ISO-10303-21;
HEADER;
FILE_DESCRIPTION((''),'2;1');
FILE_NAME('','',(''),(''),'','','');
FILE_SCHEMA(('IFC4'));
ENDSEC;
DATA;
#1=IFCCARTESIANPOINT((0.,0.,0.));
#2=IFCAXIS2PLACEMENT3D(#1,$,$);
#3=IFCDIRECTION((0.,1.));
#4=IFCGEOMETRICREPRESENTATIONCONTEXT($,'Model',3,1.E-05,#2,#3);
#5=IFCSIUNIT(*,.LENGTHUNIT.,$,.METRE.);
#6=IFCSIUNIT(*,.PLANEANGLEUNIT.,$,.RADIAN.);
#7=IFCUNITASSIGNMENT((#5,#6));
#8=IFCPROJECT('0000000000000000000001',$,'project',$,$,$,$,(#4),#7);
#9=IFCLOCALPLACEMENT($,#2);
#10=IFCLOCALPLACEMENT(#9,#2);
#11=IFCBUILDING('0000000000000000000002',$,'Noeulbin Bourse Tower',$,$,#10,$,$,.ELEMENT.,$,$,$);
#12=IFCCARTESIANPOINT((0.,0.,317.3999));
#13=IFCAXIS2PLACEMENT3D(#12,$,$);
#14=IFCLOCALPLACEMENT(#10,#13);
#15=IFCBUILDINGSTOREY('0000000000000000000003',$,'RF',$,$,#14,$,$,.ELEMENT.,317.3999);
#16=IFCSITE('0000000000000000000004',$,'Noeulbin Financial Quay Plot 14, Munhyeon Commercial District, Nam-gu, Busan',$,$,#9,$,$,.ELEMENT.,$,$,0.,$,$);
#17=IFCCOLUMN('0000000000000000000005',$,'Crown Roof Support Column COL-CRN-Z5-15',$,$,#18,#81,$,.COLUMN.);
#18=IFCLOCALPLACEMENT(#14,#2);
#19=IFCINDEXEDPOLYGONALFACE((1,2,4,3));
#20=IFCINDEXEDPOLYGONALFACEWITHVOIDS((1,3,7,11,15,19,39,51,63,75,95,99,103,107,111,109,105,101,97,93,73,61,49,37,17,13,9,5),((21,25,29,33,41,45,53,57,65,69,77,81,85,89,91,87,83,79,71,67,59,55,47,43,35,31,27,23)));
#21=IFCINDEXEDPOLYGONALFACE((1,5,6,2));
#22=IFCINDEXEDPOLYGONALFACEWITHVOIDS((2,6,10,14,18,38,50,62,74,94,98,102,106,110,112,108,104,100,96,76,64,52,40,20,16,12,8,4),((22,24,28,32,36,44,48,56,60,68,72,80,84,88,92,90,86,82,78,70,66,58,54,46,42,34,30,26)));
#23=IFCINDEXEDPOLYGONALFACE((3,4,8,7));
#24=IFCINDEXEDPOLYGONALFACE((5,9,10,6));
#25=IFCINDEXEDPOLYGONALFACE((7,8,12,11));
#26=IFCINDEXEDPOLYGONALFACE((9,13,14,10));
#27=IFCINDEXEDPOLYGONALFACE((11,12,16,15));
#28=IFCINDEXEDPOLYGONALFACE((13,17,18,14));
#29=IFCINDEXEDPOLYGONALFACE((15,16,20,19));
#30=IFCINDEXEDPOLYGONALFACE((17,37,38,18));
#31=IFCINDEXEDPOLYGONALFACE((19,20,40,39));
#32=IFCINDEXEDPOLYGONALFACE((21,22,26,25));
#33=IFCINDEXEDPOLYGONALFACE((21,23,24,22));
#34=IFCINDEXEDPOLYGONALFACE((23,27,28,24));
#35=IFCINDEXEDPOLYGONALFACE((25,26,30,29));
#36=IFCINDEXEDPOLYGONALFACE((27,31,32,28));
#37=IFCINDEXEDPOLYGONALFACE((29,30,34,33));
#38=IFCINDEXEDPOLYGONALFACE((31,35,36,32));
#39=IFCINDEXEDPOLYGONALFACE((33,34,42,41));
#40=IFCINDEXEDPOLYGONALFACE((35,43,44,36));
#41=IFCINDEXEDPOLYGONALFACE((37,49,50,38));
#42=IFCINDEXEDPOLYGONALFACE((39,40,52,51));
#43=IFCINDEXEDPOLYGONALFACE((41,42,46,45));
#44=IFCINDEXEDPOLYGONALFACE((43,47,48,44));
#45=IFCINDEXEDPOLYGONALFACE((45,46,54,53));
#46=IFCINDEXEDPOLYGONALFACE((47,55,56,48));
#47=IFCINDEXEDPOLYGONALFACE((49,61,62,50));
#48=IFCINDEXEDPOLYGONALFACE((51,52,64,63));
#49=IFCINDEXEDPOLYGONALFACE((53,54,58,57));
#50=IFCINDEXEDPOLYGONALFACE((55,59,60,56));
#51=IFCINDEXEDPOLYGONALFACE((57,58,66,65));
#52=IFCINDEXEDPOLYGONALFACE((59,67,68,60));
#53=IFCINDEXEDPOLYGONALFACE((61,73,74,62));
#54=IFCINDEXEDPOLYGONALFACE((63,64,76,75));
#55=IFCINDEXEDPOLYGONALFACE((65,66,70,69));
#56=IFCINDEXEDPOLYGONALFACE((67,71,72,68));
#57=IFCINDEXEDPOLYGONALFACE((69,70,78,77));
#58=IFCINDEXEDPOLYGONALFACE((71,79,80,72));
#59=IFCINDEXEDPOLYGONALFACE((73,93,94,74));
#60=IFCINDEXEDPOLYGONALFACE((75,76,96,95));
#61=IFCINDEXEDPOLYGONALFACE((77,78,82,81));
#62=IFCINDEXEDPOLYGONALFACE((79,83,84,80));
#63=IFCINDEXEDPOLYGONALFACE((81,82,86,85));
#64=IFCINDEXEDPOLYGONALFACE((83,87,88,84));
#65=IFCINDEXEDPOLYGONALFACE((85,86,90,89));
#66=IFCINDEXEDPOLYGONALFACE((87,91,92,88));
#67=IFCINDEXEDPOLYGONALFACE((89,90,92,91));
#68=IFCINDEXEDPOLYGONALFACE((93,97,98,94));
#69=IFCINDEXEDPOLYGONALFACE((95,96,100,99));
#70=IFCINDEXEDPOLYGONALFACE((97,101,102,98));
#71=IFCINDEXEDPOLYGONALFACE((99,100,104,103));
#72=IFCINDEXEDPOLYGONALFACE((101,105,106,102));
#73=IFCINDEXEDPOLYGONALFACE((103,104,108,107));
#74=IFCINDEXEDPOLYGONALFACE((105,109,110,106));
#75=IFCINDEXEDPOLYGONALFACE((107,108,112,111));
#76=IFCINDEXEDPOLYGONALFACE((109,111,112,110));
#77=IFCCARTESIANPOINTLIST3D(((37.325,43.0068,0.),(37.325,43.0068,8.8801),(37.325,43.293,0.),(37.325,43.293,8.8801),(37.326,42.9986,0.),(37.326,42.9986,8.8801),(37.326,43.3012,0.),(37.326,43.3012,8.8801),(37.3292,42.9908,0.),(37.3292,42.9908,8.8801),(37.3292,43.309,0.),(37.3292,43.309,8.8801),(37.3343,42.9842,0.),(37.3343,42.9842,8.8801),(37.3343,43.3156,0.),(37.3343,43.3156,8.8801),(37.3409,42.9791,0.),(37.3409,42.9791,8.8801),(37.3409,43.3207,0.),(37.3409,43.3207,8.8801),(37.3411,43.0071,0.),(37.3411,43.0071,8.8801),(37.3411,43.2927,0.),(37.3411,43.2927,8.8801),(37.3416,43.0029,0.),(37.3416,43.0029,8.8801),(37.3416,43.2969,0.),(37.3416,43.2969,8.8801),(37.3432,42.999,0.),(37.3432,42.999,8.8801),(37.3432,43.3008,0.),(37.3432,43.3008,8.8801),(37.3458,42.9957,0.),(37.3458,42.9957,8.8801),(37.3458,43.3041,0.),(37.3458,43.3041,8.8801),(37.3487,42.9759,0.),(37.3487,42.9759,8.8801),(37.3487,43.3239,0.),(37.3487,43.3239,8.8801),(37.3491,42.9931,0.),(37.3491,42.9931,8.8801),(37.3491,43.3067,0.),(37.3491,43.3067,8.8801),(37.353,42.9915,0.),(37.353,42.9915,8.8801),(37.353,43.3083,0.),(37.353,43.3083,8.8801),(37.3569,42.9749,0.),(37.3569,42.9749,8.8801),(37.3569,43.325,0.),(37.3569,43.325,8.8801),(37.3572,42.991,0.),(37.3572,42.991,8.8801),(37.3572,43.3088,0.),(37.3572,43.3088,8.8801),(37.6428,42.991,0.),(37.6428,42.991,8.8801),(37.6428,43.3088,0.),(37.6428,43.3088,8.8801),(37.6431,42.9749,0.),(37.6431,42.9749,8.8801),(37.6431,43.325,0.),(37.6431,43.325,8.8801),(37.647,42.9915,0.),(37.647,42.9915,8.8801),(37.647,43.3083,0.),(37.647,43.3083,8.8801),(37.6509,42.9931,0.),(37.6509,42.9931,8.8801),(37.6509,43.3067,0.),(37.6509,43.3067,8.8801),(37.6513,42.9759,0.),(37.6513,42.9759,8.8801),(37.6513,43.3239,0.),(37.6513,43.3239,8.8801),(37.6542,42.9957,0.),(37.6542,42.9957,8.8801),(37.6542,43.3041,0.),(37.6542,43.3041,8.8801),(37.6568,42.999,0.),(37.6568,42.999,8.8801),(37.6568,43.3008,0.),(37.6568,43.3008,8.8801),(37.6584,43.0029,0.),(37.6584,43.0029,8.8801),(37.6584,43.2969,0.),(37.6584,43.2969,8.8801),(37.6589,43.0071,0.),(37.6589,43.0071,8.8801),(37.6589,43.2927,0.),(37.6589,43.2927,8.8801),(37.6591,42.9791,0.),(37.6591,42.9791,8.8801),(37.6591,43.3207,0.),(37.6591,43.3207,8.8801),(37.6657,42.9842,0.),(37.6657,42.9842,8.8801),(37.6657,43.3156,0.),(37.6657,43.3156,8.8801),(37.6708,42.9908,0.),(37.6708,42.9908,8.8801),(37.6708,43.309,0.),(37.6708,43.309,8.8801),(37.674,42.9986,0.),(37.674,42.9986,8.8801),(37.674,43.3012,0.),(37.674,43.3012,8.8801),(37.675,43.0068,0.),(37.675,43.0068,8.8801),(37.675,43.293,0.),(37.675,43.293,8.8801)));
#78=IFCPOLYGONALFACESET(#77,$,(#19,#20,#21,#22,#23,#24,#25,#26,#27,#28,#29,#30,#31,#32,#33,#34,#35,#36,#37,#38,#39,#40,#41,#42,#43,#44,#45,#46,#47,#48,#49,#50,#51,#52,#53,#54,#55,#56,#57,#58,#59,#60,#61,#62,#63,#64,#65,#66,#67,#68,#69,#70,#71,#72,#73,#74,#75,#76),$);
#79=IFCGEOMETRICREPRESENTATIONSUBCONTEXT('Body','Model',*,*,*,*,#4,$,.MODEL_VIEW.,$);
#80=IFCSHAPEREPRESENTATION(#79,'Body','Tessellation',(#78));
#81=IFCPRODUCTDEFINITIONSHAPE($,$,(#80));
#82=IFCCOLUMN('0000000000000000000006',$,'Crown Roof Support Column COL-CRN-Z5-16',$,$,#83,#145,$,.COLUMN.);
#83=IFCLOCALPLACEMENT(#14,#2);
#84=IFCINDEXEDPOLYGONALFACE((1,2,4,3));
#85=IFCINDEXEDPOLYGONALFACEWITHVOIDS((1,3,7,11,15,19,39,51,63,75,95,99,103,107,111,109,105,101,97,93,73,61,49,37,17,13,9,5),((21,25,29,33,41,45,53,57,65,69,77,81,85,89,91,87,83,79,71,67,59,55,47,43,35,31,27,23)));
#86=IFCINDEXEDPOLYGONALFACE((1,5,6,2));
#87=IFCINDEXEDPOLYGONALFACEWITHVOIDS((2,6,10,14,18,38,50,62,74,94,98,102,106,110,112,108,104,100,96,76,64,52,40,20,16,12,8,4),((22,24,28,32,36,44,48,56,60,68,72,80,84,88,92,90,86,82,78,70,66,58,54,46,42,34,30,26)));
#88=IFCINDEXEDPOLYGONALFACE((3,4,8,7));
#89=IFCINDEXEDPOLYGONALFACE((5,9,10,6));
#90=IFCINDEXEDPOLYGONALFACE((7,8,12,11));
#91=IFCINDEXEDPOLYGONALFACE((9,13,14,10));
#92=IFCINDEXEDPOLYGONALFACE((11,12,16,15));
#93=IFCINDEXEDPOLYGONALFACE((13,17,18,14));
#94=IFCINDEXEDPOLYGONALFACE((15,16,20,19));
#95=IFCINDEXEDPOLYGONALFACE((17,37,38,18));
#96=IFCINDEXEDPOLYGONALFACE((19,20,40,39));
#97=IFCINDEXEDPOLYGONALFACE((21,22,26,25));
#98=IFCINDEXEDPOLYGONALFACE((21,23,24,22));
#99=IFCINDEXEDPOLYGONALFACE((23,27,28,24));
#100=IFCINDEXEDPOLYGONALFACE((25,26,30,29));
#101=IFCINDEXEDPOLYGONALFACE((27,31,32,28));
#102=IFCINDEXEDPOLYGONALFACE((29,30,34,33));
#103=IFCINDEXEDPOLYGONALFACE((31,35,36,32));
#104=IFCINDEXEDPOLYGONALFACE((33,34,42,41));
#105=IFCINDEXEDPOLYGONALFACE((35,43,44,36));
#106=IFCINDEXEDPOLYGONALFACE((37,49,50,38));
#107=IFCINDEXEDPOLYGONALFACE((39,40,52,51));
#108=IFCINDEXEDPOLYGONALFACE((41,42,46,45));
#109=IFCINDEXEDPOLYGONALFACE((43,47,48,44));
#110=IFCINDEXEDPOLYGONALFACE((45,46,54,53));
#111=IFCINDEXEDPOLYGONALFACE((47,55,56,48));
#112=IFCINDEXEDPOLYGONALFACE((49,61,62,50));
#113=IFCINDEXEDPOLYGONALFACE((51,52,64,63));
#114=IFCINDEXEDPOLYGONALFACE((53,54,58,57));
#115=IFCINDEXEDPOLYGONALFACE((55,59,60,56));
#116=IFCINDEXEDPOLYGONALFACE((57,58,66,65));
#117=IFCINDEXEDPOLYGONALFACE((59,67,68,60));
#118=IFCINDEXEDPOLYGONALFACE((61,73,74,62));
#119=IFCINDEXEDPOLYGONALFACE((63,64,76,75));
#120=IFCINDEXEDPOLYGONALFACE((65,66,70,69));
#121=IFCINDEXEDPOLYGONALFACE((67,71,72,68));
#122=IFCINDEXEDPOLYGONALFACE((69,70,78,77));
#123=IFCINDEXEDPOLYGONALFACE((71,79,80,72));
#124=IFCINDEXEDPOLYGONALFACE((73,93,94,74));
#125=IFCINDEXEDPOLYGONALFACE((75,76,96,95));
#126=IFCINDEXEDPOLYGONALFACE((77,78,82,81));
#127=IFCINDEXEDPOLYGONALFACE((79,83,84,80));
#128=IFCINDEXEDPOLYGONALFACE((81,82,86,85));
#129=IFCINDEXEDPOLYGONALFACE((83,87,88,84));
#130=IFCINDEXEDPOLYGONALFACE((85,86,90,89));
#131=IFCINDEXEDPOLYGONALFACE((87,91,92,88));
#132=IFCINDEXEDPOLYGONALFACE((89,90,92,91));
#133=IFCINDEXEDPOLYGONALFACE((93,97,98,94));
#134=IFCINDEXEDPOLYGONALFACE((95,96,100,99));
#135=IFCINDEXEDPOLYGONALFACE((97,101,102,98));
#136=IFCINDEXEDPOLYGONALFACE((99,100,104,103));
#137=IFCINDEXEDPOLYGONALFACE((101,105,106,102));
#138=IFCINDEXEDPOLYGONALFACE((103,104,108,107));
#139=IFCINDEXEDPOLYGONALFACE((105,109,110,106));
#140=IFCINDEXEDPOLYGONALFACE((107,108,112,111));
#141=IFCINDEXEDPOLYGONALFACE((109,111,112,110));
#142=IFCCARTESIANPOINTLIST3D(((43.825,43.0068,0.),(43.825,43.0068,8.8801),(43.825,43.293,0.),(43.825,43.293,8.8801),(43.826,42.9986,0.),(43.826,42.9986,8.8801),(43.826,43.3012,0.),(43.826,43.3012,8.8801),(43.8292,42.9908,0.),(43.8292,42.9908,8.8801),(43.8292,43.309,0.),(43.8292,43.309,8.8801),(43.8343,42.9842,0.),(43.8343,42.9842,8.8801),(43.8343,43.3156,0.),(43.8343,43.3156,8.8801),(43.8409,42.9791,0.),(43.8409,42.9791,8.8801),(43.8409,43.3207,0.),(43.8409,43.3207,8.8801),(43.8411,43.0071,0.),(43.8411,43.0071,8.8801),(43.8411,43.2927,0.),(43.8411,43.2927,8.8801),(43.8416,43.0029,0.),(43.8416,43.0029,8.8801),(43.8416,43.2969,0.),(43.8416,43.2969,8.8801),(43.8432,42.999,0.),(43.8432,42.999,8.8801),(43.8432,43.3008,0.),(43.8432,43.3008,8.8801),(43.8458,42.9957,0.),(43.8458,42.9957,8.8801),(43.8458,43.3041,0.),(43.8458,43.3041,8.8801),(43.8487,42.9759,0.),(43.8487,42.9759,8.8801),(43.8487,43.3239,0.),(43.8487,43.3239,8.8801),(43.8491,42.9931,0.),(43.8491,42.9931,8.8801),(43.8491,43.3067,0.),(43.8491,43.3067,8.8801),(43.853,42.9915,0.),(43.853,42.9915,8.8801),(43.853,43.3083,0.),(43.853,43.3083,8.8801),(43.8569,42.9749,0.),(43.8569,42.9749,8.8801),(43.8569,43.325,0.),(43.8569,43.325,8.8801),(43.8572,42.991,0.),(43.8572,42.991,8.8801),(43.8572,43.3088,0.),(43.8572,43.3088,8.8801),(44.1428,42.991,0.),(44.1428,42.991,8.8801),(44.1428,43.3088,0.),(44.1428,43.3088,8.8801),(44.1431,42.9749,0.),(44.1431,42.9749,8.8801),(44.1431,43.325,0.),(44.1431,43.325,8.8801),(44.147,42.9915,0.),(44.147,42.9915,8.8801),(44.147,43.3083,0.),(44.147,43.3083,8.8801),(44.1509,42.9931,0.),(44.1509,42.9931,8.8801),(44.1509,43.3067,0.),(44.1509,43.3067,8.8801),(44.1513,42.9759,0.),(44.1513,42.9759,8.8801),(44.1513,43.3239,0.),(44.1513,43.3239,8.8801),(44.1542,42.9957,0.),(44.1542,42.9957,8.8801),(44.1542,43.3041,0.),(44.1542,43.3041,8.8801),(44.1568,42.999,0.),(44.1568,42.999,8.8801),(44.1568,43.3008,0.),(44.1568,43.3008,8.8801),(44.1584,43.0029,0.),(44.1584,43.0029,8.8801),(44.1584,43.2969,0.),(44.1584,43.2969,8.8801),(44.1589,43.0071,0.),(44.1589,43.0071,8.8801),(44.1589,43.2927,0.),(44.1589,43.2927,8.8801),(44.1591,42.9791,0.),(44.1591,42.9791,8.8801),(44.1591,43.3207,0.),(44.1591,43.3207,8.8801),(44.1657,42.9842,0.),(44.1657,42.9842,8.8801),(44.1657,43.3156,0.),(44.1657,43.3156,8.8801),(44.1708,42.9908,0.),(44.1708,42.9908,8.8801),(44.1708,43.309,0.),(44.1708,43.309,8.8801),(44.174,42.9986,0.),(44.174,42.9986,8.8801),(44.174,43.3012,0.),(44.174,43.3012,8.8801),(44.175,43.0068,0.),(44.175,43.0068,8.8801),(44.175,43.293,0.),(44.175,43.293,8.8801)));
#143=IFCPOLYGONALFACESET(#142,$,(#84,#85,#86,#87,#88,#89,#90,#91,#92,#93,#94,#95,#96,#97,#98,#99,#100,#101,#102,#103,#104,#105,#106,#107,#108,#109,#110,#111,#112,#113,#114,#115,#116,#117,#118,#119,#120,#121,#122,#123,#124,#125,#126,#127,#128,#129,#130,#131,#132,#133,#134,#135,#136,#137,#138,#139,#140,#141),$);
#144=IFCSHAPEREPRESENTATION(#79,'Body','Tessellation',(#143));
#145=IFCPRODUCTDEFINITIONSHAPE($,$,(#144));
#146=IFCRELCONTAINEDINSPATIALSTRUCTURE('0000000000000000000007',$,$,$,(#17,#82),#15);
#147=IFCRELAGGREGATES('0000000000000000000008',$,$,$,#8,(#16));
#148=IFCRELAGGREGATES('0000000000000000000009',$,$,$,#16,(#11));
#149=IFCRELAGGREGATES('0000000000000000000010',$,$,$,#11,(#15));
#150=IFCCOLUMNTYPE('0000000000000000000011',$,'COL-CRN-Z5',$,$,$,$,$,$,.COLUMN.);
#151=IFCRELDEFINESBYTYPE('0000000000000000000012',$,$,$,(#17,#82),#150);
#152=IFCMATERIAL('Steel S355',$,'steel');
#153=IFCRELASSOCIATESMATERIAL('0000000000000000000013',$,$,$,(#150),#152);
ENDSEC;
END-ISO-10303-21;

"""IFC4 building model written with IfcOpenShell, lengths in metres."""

from ifc_helpers import new_model, si_unit, direction, frame, origin, origin_2d, place, context, subcontext, project, spatial, hollow_rectangle, extrude, material, material_profile, profile_set, type_object, element, save


model = new_model("IFC4")

# Units and contexts
model_context = context("Model", 3, precision=1e-05, world=origin(), true_north=direction((0.0, 1.0)))
body_context = subcontext(model_context, "Body", "Model", "MODEL_VIEW")
ifc_project = project(units=[si_unit("LENGTHUNIT", "METRE"), si_unit("PLANEANGLEUNIT", "RADIAN")], contexts=[model_context])

# Site, building, storey
site_placement = place(None, origin())
site = spatial("IfcSite", under=ifc_project, at=site_placement, Name="Noeulbin Financial Quay Plot 14, Munhyeon Commercial District, Nam-gu, Busan", CompositionType="ELEMENT", RefElevation=0.0)
building_placement = place(site_placement, origin())
building = spatial("IfcBuilding", under=site, at=building_placement, Name="Noeulbin Bourse Tower", CompositionType="ELEMENT")
storey_placement = place(building_placement, frame((0.0, 0.0, 317.3999)))
storey = spatial("IfcBuildingStorey", under=building, at=storey_placement, Name="RF", CompositionType="ELEMENT", Elevation=317.3999)

# Columns
ifc_material_1 = material(Name="Steel S355", Category="steel")
ifc_material_profile_1 = material_profile(ifc_material_1, hollow_rectangle(XDim=0.3501, YDim=0.3501, WallThickness=0.0161, InnerFilletRadius=0.0161, OuterFilletRadius=0.032, at=origin_2d()), Name="SHS-350x350x16", Category="LoadBearing")
ifc_profile_set_1 = profile_set([ifc_material_profile_1], Name="Steel S355")
column_type_1 = type_object("IfcColumnType", Name="COL-CRN-Z5", PredefinedType="COLUMN", material=ifc_profile_set_1)
for number, where, z_axis, x_axis, name in (
    (1, (37.5, 43.1499, 0.0), (0.0, 0.0, 1.0), (1.0, 0.0, 0.0), "Crown Roof Support Column COL-CRN-Z5-15"),
    (2, (44.0, 43.1499, 0.0), (0.0, 0.0, 1.0), (1.0, 0.0, 0.0), "Crown Roof Support Column COL-CRN-Z5-16"),
):
    element("IfcColumn", number, at=place(storey_placement, frame(where, z_axis=z_axis, x_axis=x_axis)), inside=storey, type_object=column_type_1, Name=name, PredefinedType="COLUMN", context=body_context, shape_type="SweptSolid", body=[
        extrude(hollow_rectangle(XDim=0.3501, YDim=0.3501, WallThickness=0.0161, InnerFilletRadius=0.0161, OuterFilletRadius=0.032, at=origin_2d()), origin(), (0.0, 0.0, 1.0), 8.8801),
    ])

save(model, "model.ifc")
